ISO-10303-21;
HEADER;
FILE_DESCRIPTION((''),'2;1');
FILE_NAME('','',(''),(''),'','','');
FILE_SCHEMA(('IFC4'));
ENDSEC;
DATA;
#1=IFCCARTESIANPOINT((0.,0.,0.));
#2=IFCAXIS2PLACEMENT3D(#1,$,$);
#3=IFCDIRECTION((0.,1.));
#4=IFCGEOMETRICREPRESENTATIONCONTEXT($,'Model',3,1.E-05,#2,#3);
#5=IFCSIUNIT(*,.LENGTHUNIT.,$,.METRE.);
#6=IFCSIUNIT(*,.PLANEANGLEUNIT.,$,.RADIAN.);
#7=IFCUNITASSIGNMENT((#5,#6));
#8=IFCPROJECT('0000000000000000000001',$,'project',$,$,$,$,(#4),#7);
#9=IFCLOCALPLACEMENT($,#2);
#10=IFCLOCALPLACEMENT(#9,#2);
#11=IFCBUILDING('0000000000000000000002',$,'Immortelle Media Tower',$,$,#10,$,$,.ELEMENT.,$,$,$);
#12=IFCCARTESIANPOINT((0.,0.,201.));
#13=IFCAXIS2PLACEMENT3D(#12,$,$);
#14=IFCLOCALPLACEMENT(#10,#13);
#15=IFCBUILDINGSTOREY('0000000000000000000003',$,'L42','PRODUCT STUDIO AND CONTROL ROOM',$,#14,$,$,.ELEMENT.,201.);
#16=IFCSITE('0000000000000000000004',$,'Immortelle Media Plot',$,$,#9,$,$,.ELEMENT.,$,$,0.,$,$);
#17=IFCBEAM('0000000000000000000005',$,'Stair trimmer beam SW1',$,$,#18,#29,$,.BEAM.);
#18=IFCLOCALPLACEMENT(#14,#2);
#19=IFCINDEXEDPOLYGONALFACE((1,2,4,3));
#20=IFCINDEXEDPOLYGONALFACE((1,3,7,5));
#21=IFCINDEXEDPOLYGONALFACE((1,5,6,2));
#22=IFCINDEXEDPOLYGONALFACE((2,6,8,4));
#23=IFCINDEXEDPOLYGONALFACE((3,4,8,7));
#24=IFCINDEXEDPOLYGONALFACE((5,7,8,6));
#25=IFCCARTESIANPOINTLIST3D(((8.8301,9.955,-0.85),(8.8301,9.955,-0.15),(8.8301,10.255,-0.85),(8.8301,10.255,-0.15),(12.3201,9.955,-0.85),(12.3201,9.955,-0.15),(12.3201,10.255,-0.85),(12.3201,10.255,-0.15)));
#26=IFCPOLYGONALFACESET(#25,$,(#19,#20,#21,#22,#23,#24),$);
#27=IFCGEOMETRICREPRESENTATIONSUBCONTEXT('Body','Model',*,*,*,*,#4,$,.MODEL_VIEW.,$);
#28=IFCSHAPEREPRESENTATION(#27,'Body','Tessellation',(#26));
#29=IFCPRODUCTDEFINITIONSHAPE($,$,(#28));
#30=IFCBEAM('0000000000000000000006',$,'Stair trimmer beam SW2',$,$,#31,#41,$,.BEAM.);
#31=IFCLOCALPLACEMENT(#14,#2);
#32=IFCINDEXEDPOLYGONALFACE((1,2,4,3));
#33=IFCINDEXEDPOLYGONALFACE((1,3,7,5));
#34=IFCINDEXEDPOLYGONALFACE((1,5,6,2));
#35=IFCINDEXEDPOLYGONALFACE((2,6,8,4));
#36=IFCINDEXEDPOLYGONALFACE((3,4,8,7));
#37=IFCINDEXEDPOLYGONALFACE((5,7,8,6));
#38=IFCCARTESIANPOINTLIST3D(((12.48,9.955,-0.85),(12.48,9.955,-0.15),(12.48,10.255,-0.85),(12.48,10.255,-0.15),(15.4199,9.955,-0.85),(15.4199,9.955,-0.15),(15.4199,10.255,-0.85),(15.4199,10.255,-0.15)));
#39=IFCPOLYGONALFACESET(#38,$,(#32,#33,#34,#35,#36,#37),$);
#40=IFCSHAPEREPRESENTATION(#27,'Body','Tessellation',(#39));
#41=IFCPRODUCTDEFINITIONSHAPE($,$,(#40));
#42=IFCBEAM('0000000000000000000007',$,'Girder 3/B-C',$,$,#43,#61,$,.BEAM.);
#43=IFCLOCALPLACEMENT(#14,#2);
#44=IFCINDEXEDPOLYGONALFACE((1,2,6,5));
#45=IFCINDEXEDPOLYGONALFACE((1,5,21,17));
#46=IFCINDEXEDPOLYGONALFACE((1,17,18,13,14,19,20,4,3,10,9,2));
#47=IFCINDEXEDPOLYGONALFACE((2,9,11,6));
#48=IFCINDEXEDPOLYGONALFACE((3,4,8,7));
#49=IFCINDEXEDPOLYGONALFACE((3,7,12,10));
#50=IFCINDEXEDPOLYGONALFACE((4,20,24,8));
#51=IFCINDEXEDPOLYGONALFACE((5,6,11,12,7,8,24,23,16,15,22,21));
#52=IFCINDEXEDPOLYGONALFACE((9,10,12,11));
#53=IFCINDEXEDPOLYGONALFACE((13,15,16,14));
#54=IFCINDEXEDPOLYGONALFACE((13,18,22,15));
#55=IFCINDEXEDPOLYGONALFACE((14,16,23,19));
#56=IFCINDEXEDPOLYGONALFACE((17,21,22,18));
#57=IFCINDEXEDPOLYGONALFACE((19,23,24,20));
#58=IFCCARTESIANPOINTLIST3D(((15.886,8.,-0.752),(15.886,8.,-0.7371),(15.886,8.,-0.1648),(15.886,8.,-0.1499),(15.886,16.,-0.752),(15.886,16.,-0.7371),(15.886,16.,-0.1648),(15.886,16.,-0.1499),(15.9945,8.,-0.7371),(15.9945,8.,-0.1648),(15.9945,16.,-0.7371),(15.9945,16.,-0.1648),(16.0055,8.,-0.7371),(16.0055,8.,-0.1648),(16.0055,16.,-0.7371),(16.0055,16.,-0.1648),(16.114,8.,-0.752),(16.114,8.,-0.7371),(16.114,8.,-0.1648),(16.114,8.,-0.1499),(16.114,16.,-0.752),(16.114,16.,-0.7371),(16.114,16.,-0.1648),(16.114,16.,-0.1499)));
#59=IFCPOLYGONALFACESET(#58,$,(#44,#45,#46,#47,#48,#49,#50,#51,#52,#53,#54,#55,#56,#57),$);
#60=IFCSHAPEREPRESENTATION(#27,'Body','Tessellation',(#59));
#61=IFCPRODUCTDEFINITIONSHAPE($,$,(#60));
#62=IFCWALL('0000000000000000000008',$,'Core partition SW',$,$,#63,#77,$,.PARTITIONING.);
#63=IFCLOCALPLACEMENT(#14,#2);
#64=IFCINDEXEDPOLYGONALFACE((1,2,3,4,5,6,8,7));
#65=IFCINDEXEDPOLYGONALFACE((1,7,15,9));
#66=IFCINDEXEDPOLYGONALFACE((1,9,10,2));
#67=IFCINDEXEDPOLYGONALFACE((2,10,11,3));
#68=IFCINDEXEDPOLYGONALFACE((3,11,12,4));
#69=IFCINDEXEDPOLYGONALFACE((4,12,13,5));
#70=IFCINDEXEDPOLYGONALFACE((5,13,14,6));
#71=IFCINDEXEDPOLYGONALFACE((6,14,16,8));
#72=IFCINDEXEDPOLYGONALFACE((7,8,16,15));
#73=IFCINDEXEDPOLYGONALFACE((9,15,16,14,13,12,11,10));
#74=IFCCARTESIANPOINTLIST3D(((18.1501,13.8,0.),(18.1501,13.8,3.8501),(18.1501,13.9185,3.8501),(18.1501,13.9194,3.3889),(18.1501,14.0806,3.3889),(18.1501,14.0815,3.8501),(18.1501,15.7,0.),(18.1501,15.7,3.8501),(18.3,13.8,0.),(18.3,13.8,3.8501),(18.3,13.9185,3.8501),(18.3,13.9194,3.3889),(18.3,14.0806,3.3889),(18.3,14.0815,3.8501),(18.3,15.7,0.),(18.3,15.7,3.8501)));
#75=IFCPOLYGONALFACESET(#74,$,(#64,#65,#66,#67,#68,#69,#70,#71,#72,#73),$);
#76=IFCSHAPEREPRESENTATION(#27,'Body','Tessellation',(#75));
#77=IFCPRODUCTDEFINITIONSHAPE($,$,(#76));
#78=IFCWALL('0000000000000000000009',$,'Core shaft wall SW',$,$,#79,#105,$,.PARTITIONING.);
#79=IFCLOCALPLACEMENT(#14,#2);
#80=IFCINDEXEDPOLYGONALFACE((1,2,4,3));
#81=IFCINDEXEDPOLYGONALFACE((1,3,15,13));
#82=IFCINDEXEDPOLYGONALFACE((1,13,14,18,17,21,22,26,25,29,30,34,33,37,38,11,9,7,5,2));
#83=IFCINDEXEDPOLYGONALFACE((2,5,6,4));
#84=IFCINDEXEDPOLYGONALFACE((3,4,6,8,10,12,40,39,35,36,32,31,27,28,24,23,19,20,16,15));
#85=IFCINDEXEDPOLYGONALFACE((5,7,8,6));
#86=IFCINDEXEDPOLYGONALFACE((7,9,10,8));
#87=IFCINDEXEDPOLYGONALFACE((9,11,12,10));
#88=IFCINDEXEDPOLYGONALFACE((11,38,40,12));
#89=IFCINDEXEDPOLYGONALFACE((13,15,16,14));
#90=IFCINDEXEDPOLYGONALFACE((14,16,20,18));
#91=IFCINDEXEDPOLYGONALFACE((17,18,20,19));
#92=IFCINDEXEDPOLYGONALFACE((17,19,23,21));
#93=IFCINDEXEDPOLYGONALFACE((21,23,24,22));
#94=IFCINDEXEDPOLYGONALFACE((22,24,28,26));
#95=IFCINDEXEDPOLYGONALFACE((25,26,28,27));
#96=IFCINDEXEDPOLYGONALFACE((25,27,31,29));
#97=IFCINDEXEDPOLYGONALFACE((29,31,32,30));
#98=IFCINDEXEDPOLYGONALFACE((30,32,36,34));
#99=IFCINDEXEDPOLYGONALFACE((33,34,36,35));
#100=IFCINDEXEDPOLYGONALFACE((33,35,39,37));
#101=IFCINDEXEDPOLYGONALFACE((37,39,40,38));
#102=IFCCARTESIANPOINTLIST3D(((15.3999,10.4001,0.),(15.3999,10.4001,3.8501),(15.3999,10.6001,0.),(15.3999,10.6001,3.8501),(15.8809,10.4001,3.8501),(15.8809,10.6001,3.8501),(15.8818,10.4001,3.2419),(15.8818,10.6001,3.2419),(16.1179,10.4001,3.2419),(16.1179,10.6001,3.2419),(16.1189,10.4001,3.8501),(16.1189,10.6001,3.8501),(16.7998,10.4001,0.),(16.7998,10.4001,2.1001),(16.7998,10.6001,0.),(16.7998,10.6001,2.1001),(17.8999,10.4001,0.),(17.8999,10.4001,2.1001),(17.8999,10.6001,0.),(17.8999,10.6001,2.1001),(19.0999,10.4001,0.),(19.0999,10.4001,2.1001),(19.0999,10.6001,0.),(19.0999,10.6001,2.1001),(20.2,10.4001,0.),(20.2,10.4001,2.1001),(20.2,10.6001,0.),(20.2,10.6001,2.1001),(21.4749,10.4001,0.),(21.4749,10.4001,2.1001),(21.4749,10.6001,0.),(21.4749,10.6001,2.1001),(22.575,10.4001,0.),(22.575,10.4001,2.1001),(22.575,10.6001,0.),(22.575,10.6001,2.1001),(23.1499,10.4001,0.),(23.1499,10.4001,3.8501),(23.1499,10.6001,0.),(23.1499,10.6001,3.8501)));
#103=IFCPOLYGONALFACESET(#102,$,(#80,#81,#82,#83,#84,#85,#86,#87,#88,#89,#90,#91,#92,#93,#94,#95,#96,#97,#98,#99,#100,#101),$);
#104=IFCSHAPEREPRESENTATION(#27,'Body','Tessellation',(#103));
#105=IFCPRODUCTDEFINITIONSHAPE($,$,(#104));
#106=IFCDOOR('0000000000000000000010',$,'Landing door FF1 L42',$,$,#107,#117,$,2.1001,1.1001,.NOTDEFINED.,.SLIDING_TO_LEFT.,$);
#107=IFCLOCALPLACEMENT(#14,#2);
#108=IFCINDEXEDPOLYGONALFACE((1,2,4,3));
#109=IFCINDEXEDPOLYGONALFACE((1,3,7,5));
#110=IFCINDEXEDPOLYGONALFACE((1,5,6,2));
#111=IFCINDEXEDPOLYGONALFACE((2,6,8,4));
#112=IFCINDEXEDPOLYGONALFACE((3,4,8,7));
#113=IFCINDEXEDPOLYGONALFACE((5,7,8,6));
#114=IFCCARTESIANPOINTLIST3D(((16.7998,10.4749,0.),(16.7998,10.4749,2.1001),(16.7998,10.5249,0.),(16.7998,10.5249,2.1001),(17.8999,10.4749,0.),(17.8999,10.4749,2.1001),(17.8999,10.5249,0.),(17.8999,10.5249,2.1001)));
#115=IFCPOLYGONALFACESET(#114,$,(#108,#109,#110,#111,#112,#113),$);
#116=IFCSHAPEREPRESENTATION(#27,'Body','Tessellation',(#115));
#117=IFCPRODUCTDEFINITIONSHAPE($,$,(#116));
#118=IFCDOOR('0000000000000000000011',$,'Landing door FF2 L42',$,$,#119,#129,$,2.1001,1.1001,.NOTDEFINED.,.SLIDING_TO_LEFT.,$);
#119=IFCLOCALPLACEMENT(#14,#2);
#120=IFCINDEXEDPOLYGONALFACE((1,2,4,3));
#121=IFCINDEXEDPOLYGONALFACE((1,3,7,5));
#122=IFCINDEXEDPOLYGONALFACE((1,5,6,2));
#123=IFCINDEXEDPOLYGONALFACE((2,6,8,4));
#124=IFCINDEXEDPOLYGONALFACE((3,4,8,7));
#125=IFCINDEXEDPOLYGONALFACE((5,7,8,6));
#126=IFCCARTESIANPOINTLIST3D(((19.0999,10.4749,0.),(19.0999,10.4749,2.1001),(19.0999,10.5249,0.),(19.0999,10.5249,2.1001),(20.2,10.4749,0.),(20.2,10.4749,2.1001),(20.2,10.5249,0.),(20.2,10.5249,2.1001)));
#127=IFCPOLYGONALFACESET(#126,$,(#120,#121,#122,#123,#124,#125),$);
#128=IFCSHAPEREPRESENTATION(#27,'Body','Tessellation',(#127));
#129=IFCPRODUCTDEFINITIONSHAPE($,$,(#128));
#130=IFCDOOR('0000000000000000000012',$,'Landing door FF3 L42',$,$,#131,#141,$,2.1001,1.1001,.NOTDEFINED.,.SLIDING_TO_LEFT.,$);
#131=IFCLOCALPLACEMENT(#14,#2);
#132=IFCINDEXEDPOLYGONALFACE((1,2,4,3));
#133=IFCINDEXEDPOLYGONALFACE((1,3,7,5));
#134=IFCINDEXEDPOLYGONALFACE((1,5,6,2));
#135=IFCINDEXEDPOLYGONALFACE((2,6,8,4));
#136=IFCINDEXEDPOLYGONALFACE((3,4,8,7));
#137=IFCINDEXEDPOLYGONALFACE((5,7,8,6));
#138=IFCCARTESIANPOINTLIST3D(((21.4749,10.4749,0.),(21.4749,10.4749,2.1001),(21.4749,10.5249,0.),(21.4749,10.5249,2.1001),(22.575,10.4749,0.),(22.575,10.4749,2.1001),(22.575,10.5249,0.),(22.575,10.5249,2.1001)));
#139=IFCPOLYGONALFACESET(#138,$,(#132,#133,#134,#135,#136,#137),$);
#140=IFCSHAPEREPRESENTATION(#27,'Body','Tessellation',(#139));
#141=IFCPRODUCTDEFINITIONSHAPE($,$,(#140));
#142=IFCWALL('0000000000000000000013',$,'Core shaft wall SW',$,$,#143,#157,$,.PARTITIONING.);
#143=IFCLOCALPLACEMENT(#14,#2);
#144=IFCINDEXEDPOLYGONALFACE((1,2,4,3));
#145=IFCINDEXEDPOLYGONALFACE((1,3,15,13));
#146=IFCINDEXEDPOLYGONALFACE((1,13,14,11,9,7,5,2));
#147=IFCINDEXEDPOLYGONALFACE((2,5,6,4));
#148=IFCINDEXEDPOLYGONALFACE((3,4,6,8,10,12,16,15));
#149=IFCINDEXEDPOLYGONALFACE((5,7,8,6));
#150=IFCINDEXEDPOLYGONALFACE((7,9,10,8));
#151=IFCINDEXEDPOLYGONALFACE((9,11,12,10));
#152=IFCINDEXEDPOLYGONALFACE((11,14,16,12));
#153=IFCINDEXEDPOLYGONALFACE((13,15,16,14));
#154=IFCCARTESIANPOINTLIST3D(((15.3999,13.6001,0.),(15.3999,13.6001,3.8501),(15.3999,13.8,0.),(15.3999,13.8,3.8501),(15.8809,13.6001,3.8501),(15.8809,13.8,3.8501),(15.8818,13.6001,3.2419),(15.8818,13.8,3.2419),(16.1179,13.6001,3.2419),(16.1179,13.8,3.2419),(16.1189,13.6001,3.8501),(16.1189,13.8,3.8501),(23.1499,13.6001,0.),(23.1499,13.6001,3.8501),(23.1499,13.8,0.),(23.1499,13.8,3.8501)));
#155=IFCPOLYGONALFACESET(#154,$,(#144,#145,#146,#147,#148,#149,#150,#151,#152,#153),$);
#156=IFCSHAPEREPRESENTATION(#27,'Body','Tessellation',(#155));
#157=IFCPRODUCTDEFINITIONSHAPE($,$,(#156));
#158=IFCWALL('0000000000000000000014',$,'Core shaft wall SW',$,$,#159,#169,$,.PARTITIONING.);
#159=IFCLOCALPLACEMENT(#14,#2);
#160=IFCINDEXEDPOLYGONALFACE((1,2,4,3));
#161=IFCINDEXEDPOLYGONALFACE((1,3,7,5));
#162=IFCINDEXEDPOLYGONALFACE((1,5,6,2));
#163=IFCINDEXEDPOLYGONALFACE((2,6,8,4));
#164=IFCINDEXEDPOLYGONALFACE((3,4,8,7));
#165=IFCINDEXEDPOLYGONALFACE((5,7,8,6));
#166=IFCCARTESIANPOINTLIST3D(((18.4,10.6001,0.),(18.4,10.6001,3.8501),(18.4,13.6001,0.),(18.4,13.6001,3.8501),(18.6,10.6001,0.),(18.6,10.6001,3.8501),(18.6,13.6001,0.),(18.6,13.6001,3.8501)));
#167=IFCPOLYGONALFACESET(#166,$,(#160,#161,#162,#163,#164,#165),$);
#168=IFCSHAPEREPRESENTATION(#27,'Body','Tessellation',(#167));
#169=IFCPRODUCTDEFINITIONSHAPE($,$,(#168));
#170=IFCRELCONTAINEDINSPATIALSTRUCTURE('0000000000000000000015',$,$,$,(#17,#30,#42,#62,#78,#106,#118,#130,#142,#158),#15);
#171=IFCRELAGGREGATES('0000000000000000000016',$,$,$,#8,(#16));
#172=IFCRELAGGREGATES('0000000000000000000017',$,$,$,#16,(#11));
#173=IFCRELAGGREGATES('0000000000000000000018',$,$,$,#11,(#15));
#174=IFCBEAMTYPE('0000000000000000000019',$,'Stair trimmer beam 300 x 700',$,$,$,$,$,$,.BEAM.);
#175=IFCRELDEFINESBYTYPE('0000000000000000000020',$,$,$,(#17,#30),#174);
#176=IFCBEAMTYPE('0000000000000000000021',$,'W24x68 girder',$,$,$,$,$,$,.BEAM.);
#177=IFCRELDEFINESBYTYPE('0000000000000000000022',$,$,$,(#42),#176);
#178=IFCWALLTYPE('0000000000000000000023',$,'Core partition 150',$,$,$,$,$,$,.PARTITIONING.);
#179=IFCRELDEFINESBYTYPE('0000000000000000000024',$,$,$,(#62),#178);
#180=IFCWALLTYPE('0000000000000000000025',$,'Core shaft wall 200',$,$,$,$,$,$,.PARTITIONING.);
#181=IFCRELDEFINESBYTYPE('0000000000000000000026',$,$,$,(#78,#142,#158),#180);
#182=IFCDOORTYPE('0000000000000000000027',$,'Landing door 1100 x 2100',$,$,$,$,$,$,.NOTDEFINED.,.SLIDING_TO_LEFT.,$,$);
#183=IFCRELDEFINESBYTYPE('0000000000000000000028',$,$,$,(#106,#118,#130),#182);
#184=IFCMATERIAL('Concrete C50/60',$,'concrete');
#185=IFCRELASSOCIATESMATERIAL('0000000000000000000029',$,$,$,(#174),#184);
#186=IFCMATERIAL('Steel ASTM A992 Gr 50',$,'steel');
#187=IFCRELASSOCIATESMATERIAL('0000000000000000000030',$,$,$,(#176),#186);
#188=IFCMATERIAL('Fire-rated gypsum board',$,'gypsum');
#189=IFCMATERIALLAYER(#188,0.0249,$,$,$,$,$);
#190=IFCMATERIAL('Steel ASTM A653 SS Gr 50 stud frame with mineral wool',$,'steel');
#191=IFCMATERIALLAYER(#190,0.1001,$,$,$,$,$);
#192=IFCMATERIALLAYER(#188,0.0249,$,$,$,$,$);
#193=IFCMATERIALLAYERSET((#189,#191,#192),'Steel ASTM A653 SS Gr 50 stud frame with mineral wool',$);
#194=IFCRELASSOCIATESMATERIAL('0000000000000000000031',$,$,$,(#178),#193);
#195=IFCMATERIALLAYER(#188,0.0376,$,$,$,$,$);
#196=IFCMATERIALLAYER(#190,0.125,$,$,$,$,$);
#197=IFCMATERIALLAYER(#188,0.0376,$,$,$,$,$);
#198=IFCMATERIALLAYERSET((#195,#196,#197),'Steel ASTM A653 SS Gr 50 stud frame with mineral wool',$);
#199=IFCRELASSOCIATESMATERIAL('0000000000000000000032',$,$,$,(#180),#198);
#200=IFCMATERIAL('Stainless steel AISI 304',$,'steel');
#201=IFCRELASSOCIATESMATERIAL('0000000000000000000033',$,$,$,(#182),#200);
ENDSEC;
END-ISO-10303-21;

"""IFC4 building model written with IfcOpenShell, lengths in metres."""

from ifc_helpers import new_model, si_unit, direction, frame, frame_2d, origin, origin_2d, place, context, subcontext, project, spatial, polyline, rectangle, i_section, outline, extrude, material, layer, layer_set, material_profile, profile_set, type_object, element, fill, save


model = new_model("IFC4")

# Units and contexts
model_context = context("Model", 3, precision=1e-05, world=origin(), true_north=direction((0.0, 1.0)))
body_context = subcontext(model_context, "Body", "Model", "MODEL_VIEW")
ifc_project = project(units=[si_unit("LENGTHUNIT", "METRE"), si_unit("PLANEANGLEUNIT", "RADIAN")], contexts=[model_context])

# Site, building, storey
site_placement = place(None, origin())
site = spatial("IfcSite", under=ifc_project, at=site_placement, Name="Immortelle Media Plot", CompositionType="ELEMENT", RefElevation=0.0)
building_placement = place(site_placement, origin())
building = spatial("IfcBuilding", under=site, at=building_placement, Name="Immortelle Media Tower", CompositionType="ELEMENT")
storey_placement = place(building_placement, frame((0.0, 0.0, 201.0)))
storey = spatial("IfcBuildingStorey", under=building, at=storey_placement, Name="L42", Description="PRODUCT STUDIO AND CONTROL ROOM", CompositionType="ELEMENT", Elevation=201.0)

# Beams
ifc_material_1 = material(Name="Concrete C50/60", Category="concrete")
ifc_material_profile_1 = material_profile(ifc_material_1, rectangle(XDim=0.3, YDim=0.7, at=origin_2d()), Name="RC 300x700")
ifc_profile_set_1 = profile_set([ifc_material_profile_1], Name="Concrete C50/60")
beam_type_1 = type_object("IfcBeamType", Name="Stair trimmer beam 300 x 700", PredefinedType="BEAM", material=ifc_profile_set_1)
beam_1_placement = place(storey_placement, frame((8.8301, 10.105, -0.5), z_axis=(1.0, 0.0, 0.0), x_axis=(0.0, 1.0, 0.0)))
element("IfcBeam", 1, at=beam_1_placement, inside=storey, type_object=beam_type_1, Name="Stair trimmer beam SW1", PredefinedType="BEAM", context=body_context, shape_type="SweptSolid", body=[
    extrude(rectangle(XDim=0.3, YDim=0.7, at=origin_2d()), origin(), (0.0, 0.0, 1.0), 3.49),
])
beam_2_placement = place(storey_placement, frame((12.48, 10.105, -0.5), z_axis=(1.0, 0.0, 0.0), x_axis=(0.0, 1.0, 0.0)))
element("IfcBeam", 2, at=beam_2_placement, inside=storey, type_object=beam_type_1, Name="Stair trimmer beam SW2", PredefinedType="BEAM", context=body_context, shape_type="SweptSolid", body=[
    extrude(rectangle(XDim=0.3, YDim=0.7, at=origin_2d()), origin(), (0.0, 0.0, 1.0), 2.9399),
])
ifc_material_2 = material(Name="Steel ASTM A992 Gr 50", Category="steel")
ifc_material_profile_2 = material_profile(ifc_material_2, i_section(OverallWidth=0.228, OverallDepth=0.6021, WebThickness=0.011, FlangeThickness=0.0149, at=origin_2d()), Name="W24x68")
ifc_profile_set_2 = profile_set([ifc_material_profile_2], Name="Steel ASTM A992 Gr 50")
beam_type_2 = type_object("IfcBeamType", Name="W24x68 girder", PredefinedType="BEAM", material=ifc_profile_set_2)
beam_3_placement = place(storey_placement, frame((16.0, 8.0, -0.4509), z_axis=(0.0, 1.0, 0.0), x_axis=(-1.0, 0.0, 0.0)))
element("IfcBeam", 3, at=beam_3_placement, inside=storey, type_object=beam_type_2, Name="Girder 3/B-C", PredefinedType="BEAM", context=body_context, shape_type="SweptSolid", body=[
    extrude(i_section(OverallWidth=0.228, OverallDepth=0.6021, WebThickness=0.011, FlangeThickness=0.0149, at=origin_2d()), origin(), (0.0, 0.0, 1.0), 8.0),
])

# Wall
ifc_material_3 = material(Name="Fire-rated gypsum board", Category="gypsum")
ifc_layer_1 = layer(ifc_material_3, 0.0249)
ifc_material_4 = material(Name="Steel ASTM A653 SS Gr 50 stud frame with mineral wool", Category="steel")
ifc_layer_2 = layer(ifc_material_4, 0.1001)
ifc_layer_3 = layer(ifc_material_3, 0.0249)
ifc_layer_set_1 = layer_set([ifc_layer_1, ifc_layer_2, ifc_layer_3], Name="Steel ASTM A653 SS Gr 50 stud frame with mineral wool")
wall_type_1 = type_object("IfcWallType", Name="Core partition 150", PredefinedType="PARTITIONING", material=ifc_layer_set_1)
wall_1_placement = place(storey_placement, frame((18.2251, 13.8, 0.0), z_axis=(0.0, 0.0, 1.0), x_axis=(0.0, 1.0, 0.0)))
element("IfcWall", 4, at=wall_1_placement, inside=storey, type_object=wall_type_1, Name="Core partition SW", PredefinedType="PARTITIONING", context=body_context, shape_type="SweptSolid", body=[
    extrude(outline(polyline([(0.0, 0.0), (1.8999, 0.0), (1.8999, 3.8501), (0.2815, 3.8501), (0.2805, 3.3889), (0.1194, 3.3889), (0.1184, 3.8501), (0.0, 3.8501), (0.0, 0.0)])), frame((0.0, 0.075, 0.0), z_axis=(0.0, -1.0, 0.0), x_axis=(1.0, 0.0, 0.0)), (0.0, 0.0, 1.0), 0.1499),
])

# Wall, openings, doors
ifc_layer_4 = layer(ifc_material_3, 0.0376)
ifc_layer_5 = layer(ifc_material_4, 0.125)
ifc_layer_6 = layer(ifc_material_3, 0.0376)
ifc_layer_set_2 = layer_set([ifc_layer_4, ifc_layer_5, ifc_layer_6], Name="Steel ASTM A653 SS Gr 50 stud frame with mineral wool")
wall_type_2 = type_object("IfcWallType", Name="Core shaft wall 200", PredefinedType="PARTITIONING", material=ifc_layer_set_2)
wall_2_placement = place(storey_placement, frame((15.3999, 10.5, 0.0), z_axis=(0.0, 0.0, 1.0), x_axis=(1.0, 0.0, 0.0)))
wall_2 = element("IfcWall", 5, at=wall_2_placement, inside=storey, type_object=wall_type_2, Name="Core shaft wall SW", PredefinedType="PARTITIONING", context=body_context, shape_type="SweptSolid", body=[
    extrude(outline(polyline([(0.0, 0.0), (7.75, 0.0), (7.75, 3.8501), (0.719, 3.8501), (0.718, 3.2419), (0.4819, 3.2419), (0.481, 3.8501), (0.0, 3.8501), (0.0, 0.0)])), frame((0.0, 0.1001, 0.0), z_axis=(0.0, -1.0, 0.0), x_axis=(1.0, 0.0, 0.0)), (0.0, 0.0, 1.0), 0.2),
])
opening_1_placement = place(wall_2_placement, frame((1.3999, 0.0, 0.0)))
opening_1 = element("IfcOpeningElement", 6, at=opening_1_placement, cuts=wall_2, PredefinedType="OPENING", context=body_context, shape_type="SweptSolid", body=[
    extrude(rectangle(XDim=1.1001, YDim=2.1001, at=frame_2d((0.55, 1.05))), frame((0.0, 0.1099, 0.0), z_axis=(0.0, -1.0, 0.0), x_axis=(1.0, 0.0, 0.0)), (0.0, 0.0, 1.0), 0.22),
])
opening_2_placement = place(wall_2_placement, frame((3.7, 0.0, 0.0)))
opening_2 = element("IfcOpeningElement", 7, at=opening_2_placement, cuts=wall_2, PredefinedType="OPENING", context=body_context, shape_type="SweptSolid", body=[
    extrude(rectangle(XDim=1.1001, YDim=2.1001, at=frame_2d((0.55, 1.05))), frame((0.0, 0.1099, 0.0), z_axis=(0.0, -1.0, 0.0), x_axis=(1.0, 0.0, 0.0)), (0.0, 0.0, 1.0), 0.22),
])
opening_3_placement = place(wall_2_placement, frame((6.075, 0.0, 0.0)))
opening_3 = element("IfcOpeningElement", 8, at=opening_3_placement, cuts=wall_2, PredefinedType="OPENING", context=body_context, shape_type="SweptSolid", body=[
    extrude(rectangle(XDim=1.1001, YDim=2.1001, at=frame_2d((0.55, 1.05))), frame((0.0, 0.1099, 0.0), z_axis=(0.0, -1.0, 0.0), x_axis=(1.0, 0.0, 0.0)), (0.0, 0.0, 1.0), 0.22),
])
ifc_material_5 = material(Name="Stainless steel AISI 304", Category="steel")
door_type_1 = type_object("IfcDoorType", Name="Landing door 1100 x 2100", OperationType="SLIDING_TO_LEFT", PredefinedType="NOTDEFINED", material=ifc_material_5)
door_1_placement = place(opening_1_placement, origin())
door_1 = element("IfcDoor", 9, at=door_1_placement, inside=storey, type_object=door_type_1, Name="Landing door FF1 L42", OperationType="SLIDING_TO_LEFT", OverallHeight=2.1001, OverallWidth=1.1001, PredefinedType="NOTDEFINED", context=body_context, shape_type="SweptSolid", body=[
    extrude(rectangle(XDim=1.1001, YDim=2.1001, at=frame_2d((0.55, 1.05))), frame((0.0, 0.0249, 0.0), z_axis=(0.0, -1.0, 0.0), x_axis=(1.0, 0.0, 0.0)), (0.0, 0.0, 1.0), 0.05),
])
fill(opening_1, door_1)
door_2_placement = place(opening_2_placement, origin())
door_2 = element("IfcDoor", 10, at=door_2_placement, inside=storey, type_object=door_type_1, Name="Landing door FF2 L42", OperationType="SLIDING_TO_LEFT", OverallHeight=2.1001, OverallWidth=1.1001, PredefinedType="NOTDEFINED", context=body_context, shape_type="SweptSolid", body=[
    extrude(rectangle(XDim=1.1001, YDim=2.1001, at=frame_2d((0.55, 1.05))), frame((0.0, 0.0249, 0.0), z_axis=(0.0, -1.0, 0.0), x_axis=(1.0, 0.0, 0.0)), (0.0, 0.0, 1.0), 0.05),
])
fill(opening_2, door_2)
door_3_placement = place(opening_3_placement, origin())
door_3 = element("IfcDoor", 11, at=door_3_placement, inside=storey, type_object=door_type_1, Name="Landing door FF3 L42", OperationType="SLIDING_TO_LEFT", OverallHeight=2.1001, OverallWidth=1.1001, PredefinedType="NOTDEFINED", context=body_context, shape_type="SweptSolid", body=[
    extrude(rectangle(XDim=1.1001, YDim=2.1001, at=frame_2d((0.55, 1.05))), frame((0.0, 0.0249, 0.0), z_axis=(0.0, -1.0, 0.0), x_axis=(1.0, 0.0, 0.0)), (0.0, 0.0, 1.0), 0.05),
])
fill(opening_3, door_3)

# Walls
wall_3_placement = place(storey_placement, frame((15.3999, 13.7, 0.0), z_axis=(0.0, 0.0, 1.0), x_axis=(1.0, 0.0, 0.0)))
element("IfcWall", 12, at=wall_3_placement, inside=storey, type_object=wall_type_2, Name="Core shaft wall SW", PredefinedType="PARTITIONING", context=body_context, shape_type="SweptSolid", body=[
    extrude(outline(polyline([(0.0, 0.0), (7.75, 0.0), (7.75, 3.8501), (0.719, 3.8501), (0.718, 3.2419), (0.4819, 3.2419), (0.481, 3.8501), (0.0, 3.8501), (0.0, 0.0)])), frame((0.0, 0.1001, 0.0), z_axis=(0.0, -1.0, 0.0), x_axis=(1.0, 0.0, 0.0)), (0.0, 0.0, 1.0), 0.2),
])
wall_4_placement = place(storey_placement, frame((18.5, 10.6001, 0.0), z_axis=(0.0, 0.0, 1.0), x_axis=(0.0, 1.0, 0.0)))
element("IfcWall", 13, at=wall_4_placement, inside=storey, type_object=wall_type_2, Name="Core shaft wall SW", PredefinedType="PARTITIONING", context=body_context, shape_type="SweptSolid", body=[
    extrude(rectangle(XDim=3.0, YDim=0.2, at=frame_2d((1.5, 0.0))), origin(), (0.0, 0.0, 1.0), 3.8501),
])

save(model, "model.ifc")
